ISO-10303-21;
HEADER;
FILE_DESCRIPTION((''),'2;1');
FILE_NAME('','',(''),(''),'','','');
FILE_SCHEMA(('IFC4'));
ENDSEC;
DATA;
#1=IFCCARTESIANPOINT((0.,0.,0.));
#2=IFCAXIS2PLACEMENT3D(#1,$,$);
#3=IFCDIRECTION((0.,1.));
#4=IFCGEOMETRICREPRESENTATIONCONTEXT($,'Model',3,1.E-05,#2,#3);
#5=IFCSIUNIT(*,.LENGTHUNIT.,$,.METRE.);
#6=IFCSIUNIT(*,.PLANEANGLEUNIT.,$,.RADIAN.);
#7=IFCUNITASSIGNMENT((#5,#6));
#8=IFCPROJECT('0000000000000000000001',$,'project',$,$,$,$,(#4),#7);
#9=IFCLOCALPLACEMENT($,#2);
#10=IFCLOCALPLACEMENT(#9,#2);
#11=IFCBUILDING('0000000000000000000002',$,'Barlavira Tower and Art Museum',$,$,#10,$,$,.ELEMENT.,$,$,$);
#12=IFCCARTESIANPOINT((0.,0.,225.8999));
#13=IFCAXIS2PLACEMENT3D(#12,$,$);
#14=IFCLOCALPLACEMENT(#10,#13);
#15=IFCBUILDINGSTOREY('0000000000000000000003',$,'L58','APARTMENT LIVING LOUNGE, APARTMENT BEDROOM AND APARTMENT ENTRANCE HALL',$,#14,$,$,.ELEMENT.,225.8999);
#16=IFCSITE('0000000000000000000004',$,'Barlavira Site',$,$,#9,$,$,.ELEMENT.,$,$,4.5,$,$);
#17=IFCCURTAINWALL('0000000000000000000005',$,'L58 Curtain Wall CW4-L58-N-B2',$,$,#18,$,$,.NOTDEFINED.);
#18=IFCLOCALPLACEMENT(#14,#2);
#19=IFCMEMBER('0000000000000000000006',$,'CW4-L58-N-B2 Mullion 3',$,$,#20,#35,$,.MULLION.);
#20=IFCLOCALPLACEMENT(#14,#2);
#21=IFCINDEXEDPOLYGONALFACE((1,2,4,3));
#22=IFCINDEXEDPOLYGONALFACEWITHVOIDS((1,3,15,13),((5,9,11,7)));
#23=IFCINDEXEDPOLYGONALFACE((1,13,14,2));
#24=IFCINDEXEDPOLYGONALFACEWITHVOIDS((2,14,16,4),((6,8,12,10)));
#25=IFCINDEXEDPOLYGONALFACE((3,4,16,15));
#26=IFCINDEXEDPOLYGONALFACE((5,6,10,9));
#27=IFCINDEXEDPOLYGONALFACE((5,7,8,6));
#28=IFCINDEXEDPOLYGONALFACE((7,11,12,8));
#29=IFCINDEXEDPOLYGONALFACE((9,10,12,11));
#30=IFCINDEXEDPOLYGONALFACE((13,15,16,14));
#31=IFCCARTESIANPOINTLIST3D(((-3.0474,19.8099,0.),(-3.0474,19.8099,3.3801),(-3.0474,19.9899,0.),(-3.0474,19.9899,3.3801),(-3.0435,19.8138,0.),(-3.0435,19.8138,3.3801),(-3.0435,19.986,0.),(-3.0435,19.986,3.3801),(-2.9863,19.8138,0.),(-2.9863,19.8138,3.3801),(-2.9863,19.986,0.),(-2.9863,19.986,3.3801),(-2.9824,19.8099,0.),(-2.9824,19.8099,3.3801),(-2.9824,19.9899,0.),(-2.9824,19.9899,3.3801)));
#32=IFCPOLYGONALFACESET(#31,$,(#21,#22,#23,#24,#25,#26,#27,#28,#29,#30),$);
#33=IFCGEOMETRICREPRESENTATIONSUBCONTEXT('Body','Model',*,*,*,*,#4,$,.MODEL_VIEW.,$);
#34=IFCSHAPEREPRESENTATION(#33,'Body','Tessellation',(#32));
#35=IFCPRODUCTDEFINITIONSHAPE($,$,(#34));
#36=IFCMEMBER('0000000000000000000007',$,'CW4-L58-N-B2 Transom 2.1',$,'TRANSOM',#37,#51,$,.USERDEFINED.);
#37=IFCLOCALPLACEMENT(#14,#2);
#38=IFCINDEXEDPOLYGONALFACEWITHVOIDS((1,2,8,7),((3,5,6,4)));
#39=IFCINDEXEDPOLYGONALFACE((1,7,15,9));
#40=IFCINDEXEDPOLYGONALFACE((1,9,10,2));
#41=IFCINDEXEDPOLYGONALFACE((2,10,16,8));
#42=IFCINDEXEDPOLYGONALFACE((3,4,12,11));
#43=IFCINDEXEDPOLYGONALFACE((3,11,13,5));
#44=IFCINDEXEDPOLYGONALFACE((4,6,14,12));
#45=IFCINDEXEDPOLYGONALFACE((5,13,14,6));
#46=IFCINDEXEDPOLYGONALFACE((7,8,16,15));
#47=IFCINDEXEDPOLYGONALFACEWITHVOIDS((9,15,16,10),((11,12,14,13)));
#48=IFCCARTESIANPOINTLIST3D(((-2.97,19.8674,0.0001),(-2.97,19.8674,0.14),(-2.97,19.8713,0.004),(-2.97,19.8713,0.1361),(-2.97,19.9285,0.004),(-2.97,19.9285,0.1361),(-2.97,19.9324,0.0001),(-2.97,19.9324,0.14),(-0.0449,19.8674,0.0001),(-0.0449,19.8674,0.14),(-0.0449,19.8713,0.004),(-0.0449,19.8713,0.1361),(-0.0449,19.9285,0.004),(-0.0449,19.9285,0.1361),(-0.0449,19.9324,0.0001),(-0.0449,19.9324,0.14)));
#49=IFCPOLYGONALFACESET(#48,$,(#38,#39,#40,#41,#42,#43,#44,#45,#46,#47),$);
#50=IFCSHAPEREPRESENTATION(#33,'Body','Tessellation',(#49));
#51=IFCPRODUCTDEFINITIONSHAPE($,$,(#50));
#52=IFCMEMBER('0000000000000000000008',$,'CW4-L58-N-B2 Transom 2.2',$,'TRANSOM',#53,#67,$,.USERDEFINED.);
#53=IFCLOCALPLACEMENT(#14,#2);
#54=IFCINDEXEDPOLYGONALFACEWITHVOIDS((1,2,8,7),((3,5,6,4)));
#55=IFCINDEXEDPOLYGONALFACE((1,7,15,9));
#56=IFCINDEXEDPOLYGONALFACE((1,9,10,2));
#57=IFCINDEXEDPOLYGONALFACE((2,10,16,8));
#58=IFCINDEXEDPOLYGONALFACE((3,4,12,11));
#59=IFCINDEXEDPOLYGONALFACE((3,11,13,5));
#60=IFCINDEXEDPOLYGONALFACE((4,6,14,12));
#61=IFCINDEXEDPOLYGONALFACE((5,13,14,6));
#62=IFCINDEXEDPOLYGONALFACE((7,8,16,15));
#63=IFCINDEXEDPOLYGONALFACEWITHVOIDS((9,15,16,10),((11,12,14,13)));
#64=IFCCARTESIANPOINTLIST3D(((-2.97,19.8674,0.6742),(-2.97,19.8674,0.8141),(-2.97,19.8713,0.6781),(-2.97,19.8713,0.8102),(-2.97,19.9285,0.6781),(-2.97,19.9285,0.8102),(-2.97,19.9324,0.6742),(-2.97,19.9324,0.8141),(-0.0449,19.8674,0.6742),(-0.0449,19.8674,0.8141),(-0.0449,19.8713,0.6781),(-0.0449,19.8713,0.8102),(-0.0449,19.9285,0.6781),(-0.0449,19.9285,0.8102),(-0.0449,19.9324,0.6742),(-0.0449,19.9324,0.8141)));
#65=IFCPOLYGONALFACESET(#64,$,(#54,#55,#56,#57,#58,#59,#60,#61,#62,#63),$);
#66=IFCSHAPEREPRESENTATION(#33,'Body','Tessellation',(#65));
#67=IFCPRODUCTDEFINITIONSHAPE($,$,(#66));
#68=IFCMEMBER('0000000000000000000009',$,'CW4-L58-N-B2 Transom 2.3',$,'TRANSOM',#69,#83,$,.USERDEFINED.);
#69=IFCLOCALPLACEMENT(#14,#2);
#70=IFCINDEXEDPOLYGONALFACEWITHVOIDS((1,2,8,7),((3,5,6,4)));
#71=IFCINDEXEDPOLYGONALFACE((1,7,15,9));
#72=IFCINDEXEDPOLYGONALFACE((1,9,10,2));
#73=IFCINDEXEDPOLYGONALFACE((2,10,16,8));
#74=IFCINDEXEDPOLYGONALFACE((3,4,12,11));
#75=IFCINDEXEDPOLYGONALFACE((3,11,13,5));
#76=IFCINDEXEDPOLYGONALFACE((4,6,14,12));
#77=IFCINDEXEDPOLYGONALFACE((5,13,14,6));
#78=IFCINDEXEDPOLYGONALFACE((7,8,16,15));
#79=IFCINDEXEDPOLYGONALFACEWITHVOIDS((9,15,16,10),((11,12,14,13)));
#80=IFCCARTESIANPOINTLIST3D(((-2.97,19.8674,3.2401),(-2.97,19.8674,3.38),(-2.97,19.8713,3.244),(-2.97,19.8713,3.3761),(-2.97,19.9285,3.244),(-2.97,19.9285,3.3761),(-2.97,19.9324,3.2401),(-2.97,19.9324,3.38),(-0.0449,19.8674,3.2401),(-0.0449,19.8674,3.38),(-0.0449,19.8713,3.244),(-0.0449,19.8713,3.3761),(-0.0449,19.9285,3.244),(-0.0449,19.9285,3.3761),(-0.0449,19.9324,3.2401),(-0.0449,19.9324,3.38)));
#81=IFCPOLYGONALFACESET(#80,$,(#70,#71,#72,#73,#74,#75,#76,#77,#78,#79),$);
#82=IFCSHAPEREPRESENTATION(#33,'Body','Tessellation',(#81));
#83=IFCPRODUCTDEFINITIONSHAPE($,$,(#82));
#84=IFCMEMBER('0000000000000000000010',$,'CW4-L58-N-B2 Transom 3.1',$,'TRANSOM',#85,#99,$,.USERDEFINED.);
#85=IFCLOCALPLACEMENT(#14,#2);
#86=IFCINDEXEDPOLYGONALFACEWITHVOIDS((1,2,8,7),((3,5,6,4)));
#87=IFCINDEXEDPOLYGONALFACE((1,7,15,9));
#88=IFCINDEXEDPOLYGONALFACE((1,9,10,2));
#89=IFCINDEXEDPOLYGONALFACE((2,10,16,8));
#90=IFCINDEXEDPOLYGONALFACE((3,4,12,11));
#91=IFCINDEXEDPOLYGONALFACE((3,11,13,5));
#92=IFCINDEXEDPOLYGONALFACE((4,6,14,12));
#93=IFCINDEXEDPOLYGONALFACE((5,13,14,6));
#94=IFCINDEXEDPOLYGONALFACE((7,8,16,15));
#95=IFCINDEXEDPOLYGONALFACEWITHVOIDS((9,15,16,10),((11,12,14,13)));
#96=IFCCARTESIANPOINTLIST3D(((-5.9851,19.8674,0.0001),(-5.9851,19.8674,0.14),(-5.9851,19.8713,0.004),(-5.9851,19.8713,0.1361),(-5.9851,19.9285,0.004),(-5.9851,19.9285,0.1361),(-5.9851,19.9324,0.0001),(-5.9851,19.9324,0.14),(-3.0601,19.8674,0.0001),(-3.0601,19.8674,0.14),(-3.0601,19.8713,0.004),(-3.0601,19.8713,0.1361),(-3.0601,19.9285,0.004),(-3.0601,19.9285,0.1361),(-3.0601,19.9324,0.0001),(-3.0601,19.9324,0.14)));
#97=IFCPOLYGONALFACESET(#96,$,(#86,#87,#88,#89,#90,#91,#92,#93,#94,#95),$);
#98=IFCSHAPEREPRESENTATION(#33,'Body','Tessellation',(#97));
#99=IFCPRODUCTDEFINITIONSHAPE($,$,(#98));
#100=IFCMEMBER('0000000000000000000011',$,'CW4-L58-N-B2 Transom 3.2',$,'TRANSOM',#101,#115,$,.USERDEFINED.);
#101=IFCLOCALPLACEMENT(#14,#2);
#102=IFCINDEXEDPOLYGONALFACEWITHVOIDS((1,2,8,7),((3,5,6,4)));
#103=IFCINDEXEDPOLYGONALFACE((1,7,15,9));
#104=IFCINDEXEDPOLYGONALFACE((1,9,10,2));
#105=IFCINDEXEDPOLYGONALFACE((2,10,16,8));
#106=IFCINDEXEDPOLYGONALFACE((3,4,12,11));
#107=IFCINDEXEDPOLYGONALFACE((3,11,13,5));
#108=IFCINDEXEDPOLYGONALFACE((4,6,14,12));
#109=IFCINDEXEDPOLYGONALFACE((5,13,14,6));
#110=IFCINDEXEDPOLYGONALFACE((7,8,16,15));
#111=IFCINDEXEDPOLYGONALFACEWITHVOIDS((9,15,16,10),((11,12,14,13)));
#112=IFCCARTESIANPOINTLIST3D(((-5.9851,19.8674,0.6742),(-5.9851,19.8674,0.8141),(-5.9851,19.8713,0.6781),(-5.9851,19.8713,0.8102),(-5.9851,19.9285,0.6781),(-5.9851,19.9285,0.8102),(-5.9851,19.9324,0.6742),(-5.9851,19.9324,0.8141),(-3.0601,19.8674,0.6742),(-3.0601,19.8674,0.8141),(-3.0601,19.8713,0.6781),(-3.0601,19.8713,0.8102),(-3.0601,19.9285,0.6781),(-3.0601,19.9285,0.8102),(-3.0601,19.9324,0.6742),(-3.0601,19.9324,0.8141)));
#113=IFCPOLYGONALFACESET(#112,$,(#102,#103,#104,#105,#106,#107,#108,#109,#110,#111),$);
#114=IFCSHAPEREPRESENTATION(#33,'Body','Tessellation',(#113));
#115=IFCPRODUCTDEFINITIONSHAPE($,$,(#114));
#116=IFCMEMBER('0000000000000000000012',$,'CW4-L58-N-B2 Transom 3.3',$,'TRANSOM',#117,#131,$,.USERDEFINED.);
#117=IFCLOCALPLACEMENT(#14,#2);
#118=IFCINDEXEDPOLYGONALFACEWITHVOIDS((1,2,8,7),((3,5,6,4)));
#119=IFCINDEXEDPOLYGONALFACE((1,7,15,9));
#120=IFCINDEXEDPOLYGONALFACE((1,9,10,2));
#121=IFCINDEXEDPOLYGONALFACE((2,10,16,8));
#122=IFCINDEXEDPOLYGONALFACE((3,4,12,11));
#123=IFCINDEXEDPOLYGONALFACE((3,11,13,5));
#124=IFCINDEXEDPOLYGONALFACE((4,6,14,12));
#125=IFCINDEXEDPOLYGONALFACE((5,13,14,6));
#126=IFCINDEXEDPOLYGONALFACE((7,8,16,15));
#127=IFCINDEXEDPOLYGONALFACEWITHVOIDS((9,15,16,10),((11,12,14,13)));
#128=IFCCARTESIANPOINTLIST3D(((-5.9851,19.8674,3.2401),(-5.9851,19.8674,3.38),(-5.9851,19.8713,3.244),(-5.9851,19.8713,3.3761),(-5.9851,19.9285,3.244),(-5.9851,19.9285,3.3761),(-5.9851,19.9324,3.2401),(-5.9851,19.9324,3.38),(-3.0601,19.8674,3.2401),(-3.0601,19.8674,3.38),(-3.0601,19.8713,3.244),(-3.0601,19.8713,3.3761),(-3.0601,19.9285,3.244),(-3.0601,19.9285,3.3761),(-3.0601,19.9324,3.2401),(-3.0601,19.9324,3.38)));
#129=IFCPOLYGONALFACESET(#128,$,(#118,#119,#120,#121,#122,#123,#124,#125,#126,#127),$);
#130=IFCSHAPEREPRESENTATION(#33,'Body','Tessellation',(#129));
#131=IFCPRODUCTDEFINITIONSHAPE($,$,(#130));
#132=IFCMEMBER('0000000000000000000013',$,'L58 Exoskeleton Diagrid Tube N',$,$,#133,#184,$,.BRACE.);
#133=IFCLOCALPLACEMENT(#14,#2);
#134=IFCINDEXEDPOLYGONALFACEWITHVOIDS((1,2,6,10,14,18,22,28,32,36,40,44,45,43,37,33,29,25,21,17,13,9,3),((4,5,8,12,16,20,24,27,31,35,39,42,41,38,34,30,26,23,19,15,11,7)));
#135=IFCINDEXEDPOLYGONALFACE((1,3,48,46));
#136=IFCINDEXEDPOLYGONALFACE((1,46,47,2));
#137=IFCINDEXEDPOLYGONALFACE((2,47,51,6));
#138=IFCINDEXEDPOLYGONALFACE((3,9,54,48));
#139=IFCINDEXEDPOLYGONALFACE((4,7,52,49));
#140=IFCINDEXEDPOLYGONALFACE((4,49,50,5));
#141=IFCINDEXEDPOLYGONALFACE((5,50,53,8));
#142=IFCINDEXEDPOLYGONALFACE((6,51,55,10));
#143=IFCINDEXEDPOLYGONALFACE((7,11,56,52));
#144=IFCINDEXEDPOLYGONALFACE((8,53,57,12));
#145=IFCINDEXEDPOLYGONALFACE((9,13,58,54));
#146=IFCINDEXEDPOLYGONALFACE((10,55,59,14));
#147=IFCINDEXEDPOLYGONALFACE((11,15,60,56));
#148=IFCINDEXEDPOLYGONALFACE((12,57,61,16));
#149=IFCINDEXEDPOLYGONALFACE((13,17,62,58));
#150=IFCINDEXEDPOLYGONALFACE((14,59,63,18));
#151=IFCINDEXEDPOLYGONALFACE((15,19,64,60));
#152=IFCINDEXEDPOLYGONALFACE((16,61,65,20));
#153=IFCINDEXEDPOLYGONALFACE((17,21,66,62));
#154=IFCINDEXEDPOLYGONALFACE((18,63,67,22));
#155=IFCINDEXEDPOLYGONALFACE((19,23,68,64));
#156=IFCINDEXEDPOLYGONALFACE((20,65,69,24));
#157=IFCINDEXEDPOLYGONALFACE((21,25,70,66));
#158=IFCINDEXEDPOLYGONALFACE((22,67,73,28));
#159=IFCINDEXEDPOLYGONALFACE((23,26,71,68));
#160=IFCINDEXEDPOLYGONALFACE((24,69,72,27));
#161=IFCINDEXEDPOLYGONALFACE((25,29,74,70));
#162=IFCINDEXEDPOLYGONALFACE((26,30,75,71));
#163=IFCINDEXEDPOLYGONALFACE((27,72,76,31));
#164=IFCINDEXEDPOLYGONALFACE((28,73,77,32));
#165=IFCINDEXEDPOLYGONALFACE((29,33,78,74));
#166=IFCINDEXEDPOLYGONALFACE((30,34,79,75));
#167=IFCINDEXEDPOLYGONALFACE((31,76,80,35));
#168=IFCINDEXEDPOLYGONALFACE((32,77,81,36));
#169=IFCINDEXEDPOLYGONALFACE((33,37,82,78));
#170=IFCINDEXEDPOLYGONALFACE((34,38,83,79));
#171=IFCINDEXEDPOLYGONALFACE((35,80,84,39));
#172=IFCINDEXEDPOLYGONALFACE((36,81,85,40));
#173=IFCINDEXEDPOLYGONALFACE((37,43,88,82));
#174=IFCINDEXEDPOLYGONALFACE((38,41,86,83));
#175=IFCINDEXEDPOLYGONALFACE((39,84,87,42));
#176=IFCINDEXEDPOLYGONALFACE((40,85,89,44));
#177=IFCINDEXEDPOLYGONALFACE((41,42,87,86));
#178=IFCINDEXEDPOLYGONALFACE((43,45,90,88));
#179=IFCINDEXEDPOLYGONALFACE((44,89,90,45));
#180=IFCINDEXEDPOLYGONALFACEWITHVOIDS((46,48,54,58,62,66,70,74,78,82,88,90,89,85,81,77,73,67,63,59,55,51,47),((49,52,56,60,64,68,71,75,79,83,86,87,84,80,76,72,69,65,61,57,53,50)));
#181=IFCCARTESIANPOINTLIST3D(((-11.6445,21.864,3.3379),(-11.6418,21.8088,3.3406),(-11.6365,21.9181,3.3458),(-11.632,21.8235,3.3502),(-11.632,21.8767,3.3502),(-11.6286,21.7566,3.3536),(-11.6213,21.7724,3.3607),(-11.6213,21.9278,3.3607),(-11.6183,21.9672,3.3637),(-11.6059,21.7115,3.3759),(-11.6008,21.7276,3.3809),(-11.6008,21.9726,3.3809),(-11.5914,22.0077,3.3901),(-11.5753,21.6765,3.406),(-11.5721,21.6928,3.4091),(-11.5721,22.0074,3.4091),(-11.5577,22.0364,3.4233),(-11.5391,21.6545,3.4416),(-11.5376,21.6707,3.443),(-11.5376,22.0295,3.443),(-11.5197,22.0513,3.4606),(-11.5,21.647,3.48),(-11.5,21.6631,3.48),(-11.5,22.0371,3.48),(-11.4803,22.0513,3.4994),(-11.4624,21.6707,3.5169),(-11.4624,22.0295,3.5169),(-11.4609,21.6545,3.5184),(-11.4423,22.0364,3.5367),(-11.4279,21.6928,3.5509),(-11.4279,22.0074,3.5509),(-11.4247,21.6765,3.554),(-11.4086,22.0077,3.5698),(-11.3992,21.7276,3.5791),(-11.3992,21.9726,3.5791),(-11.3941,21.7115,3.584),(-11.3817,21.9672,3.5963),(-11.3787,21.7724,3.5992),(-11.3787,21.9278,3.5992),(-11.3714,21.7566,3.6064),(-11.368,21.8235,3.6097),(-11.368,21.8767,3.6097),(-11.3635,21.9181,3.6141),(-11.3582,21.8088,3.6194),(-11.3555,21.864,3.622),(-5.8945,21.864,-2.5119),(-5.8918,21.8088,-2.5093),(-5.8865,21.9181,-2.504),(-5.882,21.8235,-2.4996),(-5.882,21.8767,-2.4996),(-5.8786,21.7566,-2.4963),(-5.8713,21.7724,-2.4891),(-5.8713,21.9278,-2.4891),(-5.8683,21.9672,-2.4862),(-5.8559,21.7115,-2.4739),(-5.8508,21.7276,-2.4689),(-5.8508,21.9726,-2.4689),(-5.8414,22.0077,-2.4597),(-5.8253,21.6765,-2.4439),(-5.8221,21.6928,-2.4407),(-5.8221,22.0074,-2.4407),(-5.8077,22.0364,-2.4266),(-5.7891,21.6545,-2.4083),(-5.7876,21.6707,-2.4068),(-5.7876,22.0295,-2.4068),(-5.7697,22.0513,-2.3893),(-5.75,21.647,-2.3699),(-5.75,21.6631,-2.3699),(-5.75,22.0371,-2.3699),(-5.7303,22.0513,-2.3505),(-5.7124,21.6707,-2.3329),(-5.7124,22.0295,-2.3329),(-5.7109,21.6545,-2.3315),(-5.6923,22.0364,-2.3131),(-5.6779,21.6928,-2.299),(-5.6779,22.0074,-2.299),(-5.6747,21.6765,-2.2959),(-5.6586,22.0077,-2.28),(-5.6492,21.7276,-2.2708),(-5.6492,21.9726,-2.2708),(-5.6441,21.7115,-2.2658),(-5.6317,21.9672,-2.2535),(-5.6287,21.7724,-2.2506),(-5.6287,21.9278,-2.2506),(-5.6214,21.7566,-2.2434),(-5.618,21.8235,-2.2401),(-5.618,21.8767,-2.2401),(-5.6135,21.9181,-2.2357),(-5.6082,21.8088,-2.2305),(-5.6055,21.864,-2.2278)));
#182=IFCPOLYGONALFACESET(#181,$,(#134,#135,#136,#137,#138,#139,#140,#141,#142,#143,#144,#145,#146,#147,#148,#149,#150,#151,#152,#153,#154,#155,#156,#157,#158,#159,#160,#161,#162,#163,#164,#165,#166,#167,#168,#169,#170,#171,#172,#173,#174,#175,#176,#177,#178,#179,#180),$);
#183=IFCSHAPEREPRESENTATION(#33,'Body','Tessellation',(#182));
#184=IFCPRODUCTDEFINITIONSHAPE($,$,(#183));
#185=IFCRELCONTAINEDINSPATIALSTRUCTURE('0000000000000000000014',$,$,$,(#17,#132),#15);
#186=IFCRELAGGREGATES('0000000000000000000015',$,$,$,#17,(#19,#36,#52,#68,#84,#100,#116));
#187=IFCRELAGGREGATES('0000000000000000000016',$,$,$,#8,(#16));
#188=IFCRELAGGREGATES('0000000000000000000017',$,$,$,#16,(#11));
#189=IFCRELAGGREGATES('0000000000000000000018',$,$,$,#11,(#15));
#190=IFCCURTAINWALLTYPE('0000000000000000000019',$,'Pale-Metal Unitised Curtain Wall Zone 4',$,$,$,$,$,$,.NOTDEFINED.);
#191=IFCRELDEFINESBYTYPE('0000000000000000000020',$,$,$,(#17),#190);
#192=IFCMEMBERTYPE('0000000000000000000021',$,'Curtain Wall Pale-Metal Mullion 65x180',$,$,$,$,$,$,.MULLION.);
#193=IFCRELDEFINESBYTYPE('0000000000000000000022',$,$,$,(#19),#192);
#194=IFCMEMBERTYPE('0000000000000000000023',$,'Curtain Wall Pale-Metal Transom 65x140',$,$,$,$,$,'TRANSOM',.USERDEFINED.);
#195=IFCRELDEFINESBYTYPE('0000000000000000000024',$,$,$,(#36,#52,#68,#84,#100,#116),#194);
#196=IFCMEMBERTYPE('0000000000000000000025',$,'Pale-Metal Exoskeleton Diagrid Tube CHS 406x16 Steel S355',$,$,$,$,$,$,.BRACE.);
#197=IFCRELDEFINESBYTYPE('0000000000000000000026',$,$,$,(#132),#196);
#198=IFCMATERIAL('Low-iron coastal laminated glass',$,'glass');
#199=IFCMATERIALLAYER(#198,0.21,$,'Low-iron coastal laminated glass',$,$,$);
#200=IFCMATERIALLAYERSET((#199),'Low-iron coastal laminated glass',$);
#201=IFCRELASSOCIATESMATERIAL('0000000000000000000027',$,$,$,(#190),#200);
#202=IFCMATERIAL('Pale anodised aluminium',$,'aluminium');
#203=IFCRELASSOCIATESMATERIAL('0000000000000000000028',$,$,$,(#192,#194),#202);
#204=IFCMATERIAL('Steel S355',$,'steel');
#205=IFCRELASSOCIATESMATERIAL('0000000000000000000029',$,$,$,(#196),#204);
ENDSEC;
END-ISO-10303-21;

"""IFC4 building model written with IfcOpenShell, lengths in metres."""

from ifc_helpers import new_model, si_unit, direction, frame, origin, origin_2d, place, context, subcontext, project, spatial, hollow_rectangle, hollow_circle, extrude, material, layer, layer_set, material_profile, profile_set, type_object, element, aggregate, save


model = new_model("IFC4")

# Units and contexts
model_context = context("Model", 3, precision=1e-05, world=origin(), true_north=direction((0.0, 1.0)))
body_context = subcontext(model_context, "Body", "Model", "MODEL_VIEW")
ifc_project = project(units=[si_unit("LENGTHUNIT", "METRE"), si_unit("PLANEANGLEUNIT", "RADIAN")], contexts=[model_context])

# Site, building, storey
site_placement = place(None, origin())
site = spatial("IfcSite", under=ifc_project, at=site_placement, Name="Barlavira Site", CompositionType="ELEMENT", RefElevation=4.5)
building_placement = place(site_placement, origin())
building = spatial("IfcBuilding", under=site, at=building_placement, Name="Barlavira Tower and Art Museum", CompositionType="ELEMENT")
storey_placement = place(building_placement, frame((0.0, 0.0, 225.8999)))
storey = spatial("IfcBuildingStorey", under=building, at=storey_placement, Name="L58", Description="APARTMENT LIVING LOUNGE, APARTMENT BEDROOM AND APARTMENT ENTRANCE HALL", CompositionType="ELEMENT", Elevation=225.8999)

# Curtain wall, members
ifc_material_1 = material(Name="Low-iron coastal laminated glass", Category="glass")
ifc_layer_1 = layer(ifc_material_1, 0.21, Name="Low-iron coastal laminated glass")
ifc_layer_set_1 = layer_set([ifc_layer_1], Name="Low-iron coastal laminated glass")
curtain_wall_type = type_object("IfcCurtainWallType", Name="Pale-Metal Unitised Curtain Wall Zone 4", PredefinedType="NOTDEFINED", material=ifc_layer_set_1)
curtain_wall_placement = place(storey_placement, origin())
curtain_wall = element("IfcCurtainWall", 1, at=curtain_wall_placement, inside=storey, type_object=curtain_wall_type, Name="L58 Curtain Wall CW4-L58-N-B2", PredefinedType="NOTDEFINED")
ifc_material_2 = material(Name="Pale anodised aluminium", Category="aluminium")
ifc_material_profile_1 = material_profile(ifc_material_2, hollow_rectangle(XDim=0.0649, YDim=0.1799, WallThickness=0.0039, at=origin_2d()), Name="ALU-MULL 65x180x4")
ifc_profile_set_1 = profile_set([ifc_material_profile_1], Name="Pale anodised aluminium")
member_type_1 = type_object("IfcMemberType", Name="Curtain Wall Pale-Metal Mullion 65x180", PredefinedType="MULLION", material=ifc_profile_set_1)
member_1_placement = place(storey_placement, frame((-3.0149, 19.8999, 0.0), z_axis=(0.0, 0.0, 1.0), x_axis=(-1.0, 0.0, 0.0)))
member_1 = element("IfcMember", 2, at=member_1_placement, type_object=member_type_1, Name="CW4-L58-N-B2 Mullion 3", PredefinedType="MULLION", context=body_context, shape_type="SweptSolid", body=[
    extrude(hollow_rectangle(XDim=0.0649, YDim=0.1799, WallThickness=0.0039, at=origin_2d()), origin(), (0.0, 0.0, 1.0), 3.3801),
])
ifc_material_profile_2 = material_profile(ifc_material_2, hollow_rectangle(XDim=0.0649, YDim=0.1399, WallThickness=0.0039, at=origin_2d()), Name="ALU-TRAN 65x140x4")
ifc_profile_set_2 = profile_set([ifc_material_profile_2], Name="Pale anodised aluminium")
member_type_2 = type_object("IfcMemberType", Name="Curtain Wall Pale-Metal Transom 65x140", ElementType="TRANSOM", PredefinedType="USERDEFINED", material=ifc_profile_set_2)
member_2_placement = place(storey_placement, frame((-0.0449, 19.8999, 0.0701), z_axis=(-1.0, 0.0, 0.0), x_axis=(0.0, -1.0, 0.0)))
member_2 = element("IfcMember", 3, at=member_2_placement, type_object=member_type_2, Name="CW4-L58-N-B2 Transom 2.1", ObjectType="TRANSOM", PredefinedType="USERDEFINED", context=body_context, shape_type="SweptSolid", body=[
    extrude(hollow_rectangle(XDim=0.0649, YDim=0.1399, WallThickness=0.0039, at=origin_2d()), origin(), (0.0, 0.0, 1.0), 2.925),
])
member_3_placement = place(storey_placement, frame((-0.0449, 19.8999, 0.7441), z_axis=(-1.0, 0.0, 0.0), x_axis=(0.0, -1.0, 0.0)))
member_3 = element("IfcMember", 4, at=member_3_placement, type_object=member_type_2, Name="CW4-L58-N-B2 Transom 2.2", ObjectType="TRANSOM", PredefinedType="USERDEFINED", context=body_context, shape_type="SweptSolid", body=[
    extrude(hollow_rectangle(XDim=0.0649, YDim=0.1399, WallThickness=0.0039, at=origin_2d()), origin(), (0.0, 0.0, 1.0), 2.925),
])
member_4_placement = place(storey_placement, frame((-0.0449, 19.8999, 3.3101), z_axis=(-1.0, 0.0, 0.0), x_axis=(0.0, -1.0, 0.0)))
member_4 = element("IfcMember", 5, at=member_4_placement, type_object=member_type_2, Name="CW4-L58-N-B2 Transom 2.3", ObjectType="TRANSOM", PredefinedType="USERDEFINED", context=body_context, shape_type="SweptSolid", body=[
    extrude(hollow_rectangle(XDim=0.0649, YDim=0.1399, WallThickness=0.0039, at=origin_2d()), origin(), (0.0, 0.0, 1.0), 2.925),
])
member_5_placement = place(storey_placement, frame((-3.0601, 19.8999, 0.0701), z_axis=(-1.0, 0.0, 0.0), x_axis=(0.0, -1.0, 0.0)))
member_5 = element("IfcMember", 6, at=member_5_placement, type_object=member_type_2, Name="CW4-L58-N-B2 Transom 3.1", ObjectType="TRANSOM", PredefinedType="USERDEFINED", context=body_context, shape_type="SweptSolid", body=[
    extrude(hollow_rectangle(XDim=0.0649, YDim=0.1399, WallThickness=0.0039, at=origin_2d()), origin(), (0.0, 0.0, 1.0), 2.925),
])
member_6_placement = place(storey_placement, frame((-3.0601, 19.8999, 0.7441), z_axis=(-1.0, 0.0, 0.0), x_axis=(0.0, -1.0, 0.0)))
member_6 = element("IfcMember", 7, at=member_6_placement, type_object=member_type_2, Name="CW4-L58-N-B2 Transom 3.2", ObjectType="TRANSOM", PredefinedType="USERDEFINED", context=body_context, shape_type="SweptSolid", body=[
    extrude(hollow_rectangle(XDim=0.0649, YDim=0.1399, WallThickness=0.0039, at=origin_2d()), origin(), (0.0, 0.0, 1.0), 2.925),
])
member_7_placement = place(storey_placement, frame((-3.0601, 19.8999, 3.3101), z_axis=(-1.0, 0.0, 0.0), x_axis=(0.0, -1.0, 0.0)))
member_7 = element("IfcMember", 8, at=member_7_placement, type_object=member_type_2, Name="CW4-L58-N-B2 Transom 3.3", ObjectType="TRANSOM", PredefinedType="USERDEFINED", context=body_context, shape_type="SweptSolid", body=[
    extrude(hollow_rectangle(XDim=0.0649, YDim=0.1399, WallThickness=0.0039, at=origin_2d()), origin(), (0.0, 0.0, 1.0), 2.925),
])

# Member
ifc_material_3 = material(Name="Steel S355", Category="steel")
ifc_material_profile_3 = material_profile(ifc_material_3, hollow_circle(Radius=0.2031, WallThickness=0.0161, at=origin_2d()), Name="CHS 406.4x16.0")
ifc_profile_set_3 = profile_set([ifc_material_profile_3], Name="Steel S355")
member_type_3 = type_object("IfcMemberType", Name="Pale-Metal Exoskeleton Diagrid Tube CHS 406x16 Steel S355", PredefinedType="BRACE", material=ifc_profile_set_3)
for number, where, z_axis, x_axis, name in (
    (9, (-5.75, 21.8501, -2.3699), (-0.700994, 0.0, 0.713167), (0.0, -1.0, 0.0), "L58 Exoskeleton Diagrid Tube N"),
):
    element("IfcMember", number, at=place(storey_placement, frame(where, z_axis=z_axis, x_axis=x_axis)), inside=storey, type_object=member_type_3, Name=name, PredefinedType="BRACE", context=body_context, shape_type="SweptSolid", body=[
        extrude(hollow_circle(Radius=0.2031, WallThickness=0.0161, at=origin_2d()), origin(), (0.0, 0.0, 1.0), 8.2026),
    ])

aggregate(curtain_wall, [member_1, member_2, member_3, member_4, member_5, member_6, member_7])

save(model, "model.ifc")
